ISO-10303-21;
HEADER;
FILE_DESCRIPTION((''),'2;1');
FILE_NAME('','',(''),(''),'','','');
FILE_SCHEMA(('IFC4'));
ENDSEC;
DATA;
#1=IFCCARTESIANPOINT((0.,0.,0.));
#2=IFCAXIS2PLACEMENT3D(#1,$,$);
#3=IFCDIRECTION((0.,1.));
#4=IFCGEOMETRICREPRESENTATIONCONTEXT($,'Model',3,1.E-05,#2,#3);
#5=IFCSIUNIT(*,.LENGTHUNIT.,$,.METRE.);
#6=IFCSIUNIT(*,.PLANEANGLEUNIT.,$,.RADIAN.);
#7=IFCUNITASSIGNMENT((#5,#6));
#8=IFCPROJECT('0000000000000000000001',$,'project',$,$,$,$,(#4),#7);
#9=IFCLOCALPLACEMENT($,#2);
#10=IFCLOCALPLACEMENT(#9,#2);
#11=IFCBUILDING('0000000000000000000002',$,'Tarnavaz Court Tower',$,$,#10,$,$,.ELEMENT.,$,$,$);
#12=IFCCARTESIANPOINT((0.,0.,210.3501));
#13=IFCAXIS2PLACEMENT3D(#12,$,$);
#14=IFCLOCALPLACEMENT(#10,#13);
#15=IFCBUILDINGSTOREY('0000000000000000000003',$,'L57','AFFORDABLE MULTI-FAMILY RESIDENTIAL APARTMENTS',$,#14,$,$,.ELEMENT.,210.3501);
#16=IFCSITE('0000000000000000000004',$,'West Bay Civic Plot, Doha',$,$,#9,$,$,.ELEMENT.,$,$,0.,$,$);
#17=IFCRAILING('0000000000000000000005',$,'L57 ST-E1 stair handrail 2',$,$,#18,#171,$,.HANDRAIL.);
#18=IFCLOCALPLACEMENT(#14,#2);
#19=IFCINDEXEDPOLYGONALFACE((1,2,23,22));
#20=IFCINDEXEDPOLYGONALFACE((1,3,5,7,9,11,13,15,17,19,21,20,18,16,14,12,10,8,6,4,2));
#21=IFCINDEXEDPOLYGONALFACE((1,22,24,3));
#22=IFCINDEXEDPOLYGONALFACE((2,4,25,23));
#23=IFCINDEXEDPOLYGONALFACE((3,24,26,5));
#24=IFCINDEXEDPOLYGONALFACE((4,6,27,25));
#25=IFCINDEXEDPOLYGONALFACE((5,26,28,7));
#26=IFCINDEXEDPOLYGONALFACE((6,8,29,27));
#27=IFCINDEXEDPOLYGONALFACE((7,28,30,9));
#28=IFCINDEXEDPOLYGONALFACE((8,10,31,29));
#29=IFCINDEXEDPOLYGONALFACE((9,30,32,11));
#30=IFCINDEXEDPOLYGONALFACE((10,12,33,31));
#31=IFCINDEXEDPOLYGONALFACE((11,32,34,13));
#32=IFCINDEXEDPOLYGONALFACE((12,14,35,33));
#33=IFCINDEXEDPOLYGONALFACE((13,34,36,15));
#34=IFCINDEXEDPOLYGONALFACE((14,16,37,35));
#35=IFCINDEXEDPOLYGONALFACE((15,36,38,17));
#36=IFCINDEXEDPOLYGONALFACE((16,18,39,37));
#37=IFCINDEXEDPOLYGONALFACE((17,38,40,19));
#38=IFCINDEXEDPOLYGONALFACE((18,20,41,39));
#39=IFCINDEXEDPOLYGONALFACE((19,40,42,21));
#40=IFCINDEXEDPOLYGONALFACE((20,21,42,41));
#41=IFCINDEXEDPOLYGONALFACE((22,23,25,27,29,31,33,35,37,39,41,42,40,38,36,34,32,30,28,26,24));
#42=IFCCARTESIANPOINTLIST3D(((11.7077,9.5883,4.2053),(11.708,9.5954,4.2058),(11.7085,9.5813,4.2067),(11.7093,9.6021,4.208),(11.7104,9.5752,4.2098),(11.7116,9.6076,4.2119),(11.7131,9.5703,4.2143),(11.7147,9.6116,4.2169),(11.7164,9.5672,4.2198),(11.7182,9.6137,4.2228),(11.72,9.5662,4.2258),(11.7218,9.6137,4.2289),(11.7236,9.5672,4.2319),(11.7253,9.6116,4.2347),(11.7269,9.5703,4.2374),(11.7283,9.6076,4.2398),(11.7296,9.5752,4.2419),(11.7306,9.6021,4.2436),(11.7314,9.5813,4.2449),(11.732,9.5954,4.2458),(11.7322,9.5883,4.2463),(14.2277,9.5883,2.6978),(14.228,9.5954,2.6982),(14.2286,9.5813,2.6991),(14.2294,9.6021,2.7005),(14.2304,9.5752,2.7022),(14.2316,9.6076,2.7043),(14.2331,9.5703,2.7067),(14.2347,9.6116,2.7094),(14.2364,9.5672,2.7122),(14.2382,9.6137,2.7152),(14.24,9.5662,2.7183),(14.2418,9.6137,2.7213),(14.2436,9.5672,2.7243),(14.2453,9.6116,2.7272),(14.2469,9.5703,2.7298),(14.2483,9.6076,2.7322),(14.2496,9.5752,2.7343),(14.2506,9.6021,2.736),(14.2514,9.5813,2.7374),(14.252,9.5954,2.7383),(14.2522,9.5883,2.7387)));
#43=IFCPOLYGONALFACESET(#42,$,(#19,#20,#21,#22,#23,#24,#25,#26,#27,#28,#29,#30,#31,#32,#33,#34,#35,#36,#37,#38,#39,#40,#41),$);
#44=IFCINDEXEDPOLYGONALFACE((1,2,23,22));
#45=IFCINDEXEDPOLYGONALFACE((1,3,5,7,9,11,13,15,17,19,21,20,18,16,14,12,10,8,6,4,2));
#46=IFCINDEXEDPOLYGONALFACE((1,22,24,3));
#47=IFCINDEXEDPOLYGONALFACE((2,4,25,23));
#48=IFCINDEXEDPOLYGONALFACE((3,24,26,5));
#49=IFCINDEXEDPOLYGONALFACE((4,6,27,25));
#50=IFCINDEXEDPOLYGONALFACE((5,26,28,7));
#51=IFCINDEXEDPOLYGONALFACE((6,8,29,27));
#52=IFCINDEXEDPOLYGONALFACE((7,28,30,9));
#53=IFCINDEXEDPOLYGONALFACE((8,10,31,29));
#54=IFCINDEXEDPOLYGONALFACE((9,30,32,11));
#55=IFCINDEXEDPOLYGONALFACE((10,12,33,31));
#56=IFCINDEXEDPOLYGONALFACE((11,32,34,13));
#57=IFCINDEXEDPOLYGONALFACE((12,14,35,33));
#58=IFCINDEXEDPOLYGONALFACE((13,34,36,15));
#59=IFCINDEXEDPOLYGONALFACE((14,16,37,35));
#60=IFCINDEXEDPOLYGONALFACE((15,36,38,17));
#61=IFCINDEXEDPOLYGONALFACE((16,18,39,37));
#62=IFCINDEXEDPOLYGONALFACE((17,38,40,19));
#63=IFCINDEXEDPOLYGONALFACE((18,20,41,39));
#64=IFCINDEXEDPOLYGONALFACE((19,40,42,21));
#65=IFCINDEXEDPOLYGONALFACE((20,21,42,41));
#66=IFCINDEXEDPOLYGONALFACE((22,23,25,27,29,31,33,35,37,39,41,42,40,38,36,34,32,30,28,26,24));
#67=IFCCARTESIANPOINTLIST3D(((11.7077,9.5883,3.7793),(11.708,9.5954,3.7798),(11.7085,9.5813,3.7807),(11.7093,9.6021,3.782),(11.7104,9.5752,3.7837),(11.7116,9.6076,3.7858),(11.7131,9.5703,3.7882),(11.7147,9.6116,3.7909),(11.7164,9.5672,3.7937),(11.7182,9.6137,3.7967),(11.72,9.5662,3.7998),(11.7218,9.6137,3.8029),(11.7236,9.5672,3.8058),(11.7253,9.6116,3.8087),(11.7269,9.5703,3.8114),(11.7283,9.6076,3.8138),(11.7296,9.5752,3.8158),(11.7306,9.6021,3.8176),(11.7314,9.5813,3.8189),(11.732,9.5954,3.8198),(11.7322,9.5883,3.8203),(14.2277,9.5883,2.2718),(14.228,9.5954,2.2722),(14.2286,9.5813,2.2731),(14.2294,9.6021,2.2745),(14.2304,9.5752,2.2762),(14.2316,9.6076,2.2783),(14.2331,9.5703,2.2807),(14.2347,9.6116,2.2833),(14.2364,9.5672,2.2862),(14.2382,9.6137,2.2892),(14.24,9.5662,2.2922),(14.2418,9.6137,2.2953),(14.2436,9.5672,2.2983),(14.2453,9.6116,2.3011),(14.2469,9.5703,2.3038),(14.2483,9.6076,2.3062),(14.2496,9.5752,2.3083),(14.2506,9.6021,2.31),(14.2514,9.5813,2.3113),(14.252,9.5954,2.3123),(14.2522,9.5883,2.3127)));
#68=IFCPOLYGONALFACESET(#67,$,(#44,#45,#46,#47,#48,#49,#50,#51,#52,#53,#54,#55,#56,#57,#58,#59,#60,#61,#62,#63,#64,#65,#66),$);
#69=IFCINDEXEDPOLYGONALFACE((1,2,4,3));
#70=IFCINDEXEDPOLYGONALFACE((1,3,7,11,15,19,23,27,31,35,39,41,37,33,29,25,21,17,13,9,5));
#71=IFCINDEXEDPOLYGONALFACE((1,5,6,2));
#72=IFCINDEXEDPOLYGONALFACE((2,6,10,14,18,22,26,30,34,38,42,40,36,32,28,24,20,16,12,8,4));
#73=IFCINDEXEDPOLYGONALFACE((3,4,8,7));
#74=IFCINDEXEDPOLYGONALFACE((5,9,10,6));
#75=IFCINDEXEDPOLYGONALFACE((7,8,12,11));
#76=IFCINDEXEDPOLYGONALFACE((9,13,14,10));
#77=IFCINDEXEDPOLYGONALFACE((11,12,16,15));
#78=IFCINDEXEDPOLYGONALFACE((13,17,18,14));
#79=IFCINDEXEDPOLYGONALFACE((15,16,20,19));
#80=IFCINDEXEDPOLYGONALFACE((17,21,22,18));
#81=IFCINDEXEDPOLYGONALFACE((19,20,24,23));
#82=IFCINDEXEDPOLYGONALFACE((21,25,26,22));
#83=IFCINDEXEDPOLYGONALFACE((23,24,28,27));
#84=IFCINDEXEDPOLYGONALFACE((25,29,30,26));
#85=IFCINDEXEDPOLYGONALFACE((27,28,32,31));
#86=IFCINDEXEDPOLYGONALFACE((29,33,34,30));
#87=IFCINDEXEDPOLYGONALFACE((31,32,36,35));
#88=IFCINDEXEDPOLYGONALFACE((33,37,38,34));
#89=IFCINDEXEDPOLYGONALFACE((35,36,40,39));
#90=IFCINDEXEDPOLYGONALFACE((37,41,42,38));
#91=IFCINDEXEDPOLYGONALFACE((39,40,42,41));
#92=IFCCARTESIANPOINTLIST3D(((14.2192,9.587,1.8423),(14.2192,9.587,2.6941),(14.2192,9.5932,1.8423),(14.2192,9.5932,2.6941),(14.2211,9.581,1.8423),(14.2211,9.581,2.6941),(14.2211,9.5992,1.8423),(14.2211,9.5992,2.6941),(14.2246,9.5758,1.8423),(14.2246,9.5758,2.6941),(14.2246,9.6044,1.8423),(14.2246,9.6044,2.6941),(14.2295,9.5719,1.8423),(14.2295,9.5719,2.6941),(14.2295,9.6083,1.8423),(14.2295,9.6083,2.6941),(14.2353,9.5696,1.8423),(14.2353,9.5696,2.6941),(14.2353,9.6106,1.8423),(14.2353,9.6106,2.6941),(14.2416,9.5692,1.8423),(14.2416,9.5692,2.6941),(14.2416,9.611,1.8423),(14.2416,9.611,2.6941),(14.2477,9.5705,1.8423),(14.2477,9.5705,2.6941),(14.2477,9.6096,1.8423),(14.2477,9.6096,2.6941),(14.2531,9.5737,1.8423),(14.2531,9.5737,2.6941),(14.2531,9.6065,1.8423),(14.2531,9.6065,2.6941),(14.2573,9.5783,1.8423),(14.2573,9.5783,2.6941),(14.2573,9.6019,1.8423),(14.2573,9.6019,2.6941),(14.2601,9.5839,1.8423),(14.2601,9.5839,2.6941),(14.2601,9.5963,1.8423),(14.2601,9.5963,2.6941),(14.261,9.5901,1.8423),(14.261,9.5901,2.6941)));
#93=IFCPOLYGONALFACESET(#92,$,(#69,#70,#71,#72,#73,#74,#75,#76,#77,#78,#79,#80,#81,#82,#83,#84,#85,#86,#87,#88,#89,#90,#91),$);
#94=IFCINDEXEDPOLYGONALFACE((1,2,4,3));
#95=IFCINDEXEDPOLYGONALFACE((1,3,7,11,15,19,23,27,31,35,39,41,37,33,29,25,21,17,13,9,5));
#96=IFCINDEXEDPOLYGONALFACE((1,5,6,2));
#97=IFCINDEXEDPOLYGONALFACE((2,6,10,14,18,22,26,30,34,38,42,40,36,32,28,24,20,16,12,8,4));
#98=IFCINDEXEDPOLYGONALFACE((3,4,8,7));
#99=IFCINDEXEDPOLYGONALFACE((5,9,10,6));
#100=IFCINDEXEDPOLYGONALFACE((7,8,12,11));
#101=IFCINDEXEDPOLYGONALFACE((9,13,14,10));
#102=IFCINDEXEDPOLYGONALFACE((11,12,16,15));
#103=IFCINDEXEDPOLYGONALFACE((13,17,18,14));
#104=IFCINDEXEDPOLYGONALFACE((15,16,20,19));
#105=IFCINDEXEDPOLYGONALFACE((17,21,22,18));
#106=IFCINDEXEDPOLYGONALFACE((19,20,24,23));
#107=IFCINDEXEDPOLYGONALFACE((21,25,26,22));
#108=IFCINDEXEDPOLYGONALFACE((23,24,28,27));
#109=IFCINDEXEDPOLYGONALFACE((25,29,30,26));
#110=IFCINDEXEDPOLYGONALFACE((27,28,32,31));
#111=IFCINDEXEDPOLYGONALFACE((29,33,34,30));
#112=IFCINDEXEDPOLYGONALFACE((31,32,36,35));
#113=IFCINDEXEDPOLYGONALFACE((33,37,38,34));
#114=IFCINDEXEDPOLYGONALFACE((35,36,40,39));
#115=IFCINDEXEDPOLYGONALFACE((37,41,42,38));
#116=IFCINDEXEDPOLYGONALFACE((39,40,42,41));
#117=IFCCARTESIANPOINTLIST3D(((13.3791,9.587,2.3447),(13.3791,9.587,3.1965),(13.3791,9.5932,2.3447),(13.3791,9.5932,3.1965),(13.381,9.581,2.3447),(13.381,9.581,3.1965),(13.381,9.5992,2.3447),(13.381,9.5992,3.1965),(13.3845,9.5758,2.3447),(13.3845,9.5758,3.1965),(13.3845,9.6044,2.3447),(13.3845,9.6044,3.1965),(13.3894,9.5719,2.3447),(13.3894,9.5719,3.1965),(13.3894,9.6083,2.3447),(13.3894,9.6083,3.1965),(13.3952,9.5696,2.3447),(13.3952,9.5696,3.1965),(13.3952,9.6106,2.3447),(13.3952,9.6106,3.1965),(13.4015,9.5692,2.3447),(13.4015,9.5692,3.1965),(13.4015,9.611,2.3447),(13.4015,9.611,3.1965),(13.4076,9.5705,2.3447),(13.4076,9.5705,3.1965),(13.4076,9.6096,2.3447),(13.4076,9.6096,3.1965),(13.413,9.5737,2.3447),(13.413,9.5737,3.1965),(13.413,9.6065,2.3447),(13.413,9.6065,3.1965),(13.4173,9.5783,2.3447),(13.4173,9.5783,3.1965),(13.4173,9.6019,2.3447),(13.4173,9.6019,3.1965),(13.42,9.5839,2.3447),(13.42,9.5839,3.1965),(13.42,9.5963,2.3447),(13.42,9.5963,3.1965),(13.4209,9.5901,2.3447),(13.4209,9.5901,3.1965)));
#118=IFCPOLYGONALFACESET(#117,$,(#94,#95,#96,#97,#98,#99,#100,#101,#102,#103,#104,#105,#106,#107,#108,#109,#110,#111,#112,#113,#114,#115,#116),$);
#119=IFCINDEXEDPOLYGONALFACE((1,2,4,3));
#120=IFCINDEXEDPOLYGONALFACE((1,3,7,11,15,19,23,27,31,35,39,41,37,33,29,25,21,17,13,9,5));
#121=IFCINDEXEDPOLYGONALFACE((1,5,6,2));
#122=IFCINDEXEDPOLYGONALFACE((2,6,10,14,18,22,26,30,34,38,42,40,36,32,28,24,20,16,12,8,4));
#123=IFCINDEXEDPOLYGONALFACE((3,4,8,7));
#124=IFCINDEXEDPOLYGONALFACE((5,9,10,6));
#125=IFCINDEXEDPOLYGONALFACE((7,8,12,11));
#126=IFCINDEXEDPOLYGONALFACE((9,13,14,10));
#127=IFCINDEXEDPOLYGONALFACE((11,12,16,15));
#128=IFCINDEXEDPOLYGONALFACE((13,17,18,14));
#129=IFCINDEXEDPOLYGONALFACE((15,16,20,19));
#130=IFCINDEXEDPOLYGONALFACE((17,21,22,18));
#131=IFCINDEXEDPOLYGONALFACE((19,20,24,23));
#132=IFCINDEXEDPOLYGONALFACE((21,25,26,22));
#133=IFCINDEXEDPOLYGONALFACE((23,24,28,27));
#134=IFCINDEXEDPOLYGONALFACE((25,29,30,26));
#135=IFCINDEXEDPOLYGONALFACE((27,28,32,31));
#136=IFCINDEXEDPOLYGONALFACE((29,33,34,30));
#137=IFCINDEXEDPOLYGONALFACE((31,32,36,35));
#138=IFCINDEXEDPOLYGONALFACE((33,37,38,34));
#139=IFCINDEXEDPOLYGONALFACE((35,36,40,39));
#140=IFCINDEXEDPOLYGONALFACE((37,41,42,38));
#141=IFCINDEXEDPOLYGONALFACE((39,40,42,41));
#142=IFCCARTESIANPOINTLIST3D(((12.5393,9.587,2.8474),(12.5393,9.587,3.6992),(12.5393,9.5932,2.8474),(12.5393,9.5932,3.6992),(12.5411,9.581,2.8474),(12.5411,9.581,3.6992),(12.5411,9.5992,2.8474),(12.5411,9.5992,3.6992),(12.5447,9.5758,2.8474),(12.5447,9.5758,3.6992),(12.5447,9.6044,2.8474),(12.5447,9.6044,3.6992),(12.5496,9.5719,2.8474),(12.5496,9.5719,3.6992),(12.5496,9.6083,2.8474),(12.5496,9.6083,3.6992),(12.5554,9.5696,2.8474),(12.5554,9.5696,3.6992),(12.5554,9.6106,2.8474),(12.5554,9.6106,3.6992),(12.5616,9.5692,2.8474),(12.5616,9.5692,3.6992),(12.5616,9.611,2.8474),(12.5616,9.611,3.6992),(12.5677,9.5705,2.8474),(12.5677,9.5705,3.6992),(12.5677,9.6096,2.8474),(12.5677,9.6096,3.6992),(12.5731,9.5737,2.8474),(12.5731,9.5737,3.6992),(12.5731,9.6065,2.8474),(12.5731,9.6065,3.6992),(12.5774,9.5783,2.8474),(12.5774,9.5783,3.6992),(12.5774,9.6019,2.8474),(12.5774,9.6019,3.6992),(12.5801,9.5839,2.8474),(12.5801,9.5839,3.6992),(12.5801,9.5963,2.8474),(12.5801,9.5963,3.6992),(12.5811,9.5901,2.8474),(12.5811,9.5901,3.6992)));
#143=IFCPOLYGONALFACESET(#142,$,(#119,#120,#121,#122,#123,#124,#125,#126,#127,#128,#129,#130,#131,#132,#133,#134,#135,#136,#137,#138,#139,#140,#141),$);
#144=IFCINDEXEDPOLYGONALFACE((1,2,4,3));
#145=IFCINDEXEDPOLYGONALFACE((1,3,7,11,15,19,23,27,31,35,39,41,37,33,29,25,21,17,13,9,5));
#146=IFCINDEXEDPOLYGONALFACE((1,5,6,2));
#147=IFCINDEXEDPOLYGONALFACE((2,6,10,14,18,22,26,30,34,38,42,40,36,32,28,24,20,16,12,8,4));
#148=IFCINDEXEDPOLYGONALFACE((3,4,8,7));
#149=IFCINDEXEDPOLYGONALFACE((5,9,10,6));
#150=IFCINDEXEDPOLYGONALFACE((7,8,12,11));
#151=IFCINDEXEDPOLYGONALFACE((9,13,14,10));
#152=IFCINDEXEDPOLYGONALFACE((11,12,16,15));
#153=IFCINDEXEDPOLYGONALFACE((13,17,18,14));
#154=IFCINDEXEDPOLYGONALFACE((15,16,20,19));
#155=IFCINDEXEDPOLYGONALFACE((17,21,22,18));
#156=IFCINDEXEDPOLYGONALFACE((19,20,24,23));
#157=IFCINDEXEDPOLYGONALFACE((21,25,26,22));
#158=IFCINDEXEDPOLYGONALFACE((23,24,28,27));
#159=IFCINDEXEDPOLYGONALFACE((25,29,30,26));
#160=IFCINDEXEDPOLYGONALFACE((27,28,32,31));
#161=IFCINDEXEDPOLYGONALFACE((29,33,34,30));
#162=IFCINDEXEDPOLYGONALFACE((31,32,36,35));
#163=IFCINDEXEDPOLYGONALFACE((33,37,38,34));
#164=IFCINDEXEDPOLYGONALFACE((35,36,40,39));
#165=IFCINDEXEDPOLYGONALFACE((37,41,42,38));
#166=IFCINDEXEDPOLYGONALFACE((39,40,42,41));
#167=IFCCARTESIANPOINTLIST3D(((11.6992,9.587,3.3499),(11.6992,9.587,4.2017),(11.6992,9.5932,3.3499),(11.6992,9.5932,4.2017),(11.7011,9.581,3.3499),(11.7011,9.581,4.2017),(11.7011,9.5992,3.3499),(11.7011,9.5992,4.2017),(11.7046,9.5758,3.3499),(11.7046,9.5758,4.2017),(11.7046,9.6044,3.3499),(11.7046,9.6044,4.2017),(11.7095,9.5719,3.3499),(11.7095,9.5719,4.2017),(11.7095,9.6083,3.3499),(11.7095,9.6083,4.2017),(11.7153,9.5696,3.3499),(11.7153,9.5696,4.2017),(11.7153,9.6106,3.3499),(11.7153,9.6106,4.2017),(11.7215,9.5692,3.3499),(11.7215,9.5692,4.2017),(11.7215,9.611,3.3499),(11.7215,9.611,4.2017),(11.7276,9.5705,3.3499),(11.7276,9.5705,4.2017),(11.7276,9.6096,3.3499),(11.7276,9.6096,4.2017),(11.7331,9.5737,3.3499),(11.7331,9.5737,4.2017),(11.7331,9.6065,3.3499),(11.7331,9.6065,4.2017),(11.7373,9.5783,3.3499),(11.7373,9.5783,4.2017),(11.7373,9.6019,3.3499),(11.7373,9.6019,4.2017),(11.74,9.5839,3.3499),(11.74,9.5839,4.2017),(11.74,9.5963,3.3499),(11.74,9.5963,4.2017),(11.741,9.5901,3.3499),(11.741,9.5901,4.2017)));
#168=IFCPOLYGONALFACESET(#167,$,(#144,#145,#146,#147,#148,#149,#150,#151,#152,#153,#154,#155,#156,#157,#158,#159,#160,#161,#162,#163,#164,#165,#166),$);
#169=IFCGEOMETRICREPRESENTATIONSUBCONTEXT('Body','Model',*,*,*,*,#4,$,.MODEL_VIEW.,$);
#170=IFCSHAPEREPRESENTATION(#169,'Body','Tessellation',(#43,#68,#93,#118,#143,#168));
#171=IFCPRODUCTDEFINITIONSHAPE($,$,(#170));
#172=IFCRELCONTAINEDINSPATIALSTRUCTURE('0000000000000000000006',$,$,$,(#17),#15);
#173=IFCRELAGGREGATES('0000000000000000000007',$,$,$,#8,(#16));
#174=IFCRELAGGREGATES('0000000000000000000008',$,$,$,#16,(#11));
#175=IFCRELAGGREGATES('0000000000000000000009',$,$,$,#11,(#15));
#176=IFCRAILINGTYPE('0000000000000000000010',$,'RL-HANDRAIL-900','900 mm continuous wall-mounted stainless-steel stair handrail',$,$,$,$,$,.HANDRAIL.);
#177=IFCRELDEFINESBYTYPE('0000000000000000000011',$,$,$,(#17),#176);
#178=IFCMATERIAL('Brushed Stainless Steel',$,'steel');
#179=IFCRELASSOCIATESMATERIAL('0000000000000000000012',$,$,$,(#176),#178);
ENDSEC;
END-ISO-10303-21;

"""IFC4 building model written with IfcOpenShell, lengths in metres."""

from ifc_helpers import new_model, si_unit, direction, frame, origin, origin_2d, place, context, subcontext, project, spatial, circle, extrude, material, type_object, element, save


model = new_model("IFC4")

# Units and contexts
model_context = context("Model", 3, precision=1e-05, world=origin(), true_north=direction((0.0, 1.0)))
body_context = subcontext(model_context, "Body", "Model", "MODEL_VIEW")
ifc_project = project(units=[si_unit("LENGTHUNIT", "METRE"), si_unit("PLANEANGLEUNIT", "RADIAN")], contexts=[model_context])

# Site, building, storey
site_placement = place(None, origin())
site = spatial("IfcSite", under=ifc_project, at=site_placement, Name="West Bay Civic Plot, Doha", CompositionType="ELEMENT", RefElevation=0.0)
building_placement = place(site_placement, origin())
building = spatial("IfcBuilding", under=site, at=building_placement, Name="Tarnavaz Court Tower", CompositionType="ELEMENT")
storey_placement = place(building_placement, frame((0.0, 0.0, 210.3501)))
storey = spatial("IfcBuildingStorey", under=building, at=storey_placement, Name="L57", Description="AFFORDABLE MULTI-FAMILY RESIDENTIAL APARTMENTS", CompositionType="ELEMENT", Elevation=210.3501)

# Railing
ifc_material_1 = material(Name="Brushed Stainless Steel", Category="steel")
railing_type_1 = type_object("IfcRailingType", Name="RL-HANDRAIL-900", Description="900 mm continuous wall-mounted stainless-steel stair handrail", PredefinedType="HANDRAIL", material=ifc_material_1)
railing_1_placement = place(storey_placement, frame((14.24, 9.5901, 1.8423)))
element("IfcRailing", 1, at=railing_1_placement, inside=storey, type_object=railing_type_1, Name="L57 ST-E1 stair handrail 2", PredefinedType="HANDRAIL", context=body_context, shape_type="SweptSolid", body=[
    extrude(circle(Radius=0.0239, at=origin_2d()), frame((0.0, 0.0, 0.876), z_axis=(-0.85816, 0.0, 0.513383), x_axis=(0.0, -1.0, 0.0)), (0.0, 0.0, 1.0), 2.9365),
    extrude(circle(Radius=0.0239, at=origin_2d()), frame((0.0, 0.0, 0.45), z_axis=(-0.85816, 0.0, 0.513383), x_axis=(0.0, -1.0, 0.0)), (0.0, 0.0, 1.0), 2.9365),
    extrude(circle(Radius=0.021, at=origin_2d()), origin(), (0.0, 0.0, 1.0), 0.8518),
    extrude(circle(Radius=0.021, at=origin_2d()), frame((-0.8401, 0.0, 0.5024)), (0.0, 0.0, 1.0), 0.8518),
    extrude(circle(Radius=0.021, at=origin_2d()), frame((-1.6799, 0.0, 1.0051)), (0.0, 0.0, 1.0), 0.8518),
    extrude(circle(Radius=0.021, at=origin_2d()), frame((-2.52, 0.0, 1.5076)), (0.0, 0.0, 1.0), 0.8518),
])

save(model, "model.ifc")
